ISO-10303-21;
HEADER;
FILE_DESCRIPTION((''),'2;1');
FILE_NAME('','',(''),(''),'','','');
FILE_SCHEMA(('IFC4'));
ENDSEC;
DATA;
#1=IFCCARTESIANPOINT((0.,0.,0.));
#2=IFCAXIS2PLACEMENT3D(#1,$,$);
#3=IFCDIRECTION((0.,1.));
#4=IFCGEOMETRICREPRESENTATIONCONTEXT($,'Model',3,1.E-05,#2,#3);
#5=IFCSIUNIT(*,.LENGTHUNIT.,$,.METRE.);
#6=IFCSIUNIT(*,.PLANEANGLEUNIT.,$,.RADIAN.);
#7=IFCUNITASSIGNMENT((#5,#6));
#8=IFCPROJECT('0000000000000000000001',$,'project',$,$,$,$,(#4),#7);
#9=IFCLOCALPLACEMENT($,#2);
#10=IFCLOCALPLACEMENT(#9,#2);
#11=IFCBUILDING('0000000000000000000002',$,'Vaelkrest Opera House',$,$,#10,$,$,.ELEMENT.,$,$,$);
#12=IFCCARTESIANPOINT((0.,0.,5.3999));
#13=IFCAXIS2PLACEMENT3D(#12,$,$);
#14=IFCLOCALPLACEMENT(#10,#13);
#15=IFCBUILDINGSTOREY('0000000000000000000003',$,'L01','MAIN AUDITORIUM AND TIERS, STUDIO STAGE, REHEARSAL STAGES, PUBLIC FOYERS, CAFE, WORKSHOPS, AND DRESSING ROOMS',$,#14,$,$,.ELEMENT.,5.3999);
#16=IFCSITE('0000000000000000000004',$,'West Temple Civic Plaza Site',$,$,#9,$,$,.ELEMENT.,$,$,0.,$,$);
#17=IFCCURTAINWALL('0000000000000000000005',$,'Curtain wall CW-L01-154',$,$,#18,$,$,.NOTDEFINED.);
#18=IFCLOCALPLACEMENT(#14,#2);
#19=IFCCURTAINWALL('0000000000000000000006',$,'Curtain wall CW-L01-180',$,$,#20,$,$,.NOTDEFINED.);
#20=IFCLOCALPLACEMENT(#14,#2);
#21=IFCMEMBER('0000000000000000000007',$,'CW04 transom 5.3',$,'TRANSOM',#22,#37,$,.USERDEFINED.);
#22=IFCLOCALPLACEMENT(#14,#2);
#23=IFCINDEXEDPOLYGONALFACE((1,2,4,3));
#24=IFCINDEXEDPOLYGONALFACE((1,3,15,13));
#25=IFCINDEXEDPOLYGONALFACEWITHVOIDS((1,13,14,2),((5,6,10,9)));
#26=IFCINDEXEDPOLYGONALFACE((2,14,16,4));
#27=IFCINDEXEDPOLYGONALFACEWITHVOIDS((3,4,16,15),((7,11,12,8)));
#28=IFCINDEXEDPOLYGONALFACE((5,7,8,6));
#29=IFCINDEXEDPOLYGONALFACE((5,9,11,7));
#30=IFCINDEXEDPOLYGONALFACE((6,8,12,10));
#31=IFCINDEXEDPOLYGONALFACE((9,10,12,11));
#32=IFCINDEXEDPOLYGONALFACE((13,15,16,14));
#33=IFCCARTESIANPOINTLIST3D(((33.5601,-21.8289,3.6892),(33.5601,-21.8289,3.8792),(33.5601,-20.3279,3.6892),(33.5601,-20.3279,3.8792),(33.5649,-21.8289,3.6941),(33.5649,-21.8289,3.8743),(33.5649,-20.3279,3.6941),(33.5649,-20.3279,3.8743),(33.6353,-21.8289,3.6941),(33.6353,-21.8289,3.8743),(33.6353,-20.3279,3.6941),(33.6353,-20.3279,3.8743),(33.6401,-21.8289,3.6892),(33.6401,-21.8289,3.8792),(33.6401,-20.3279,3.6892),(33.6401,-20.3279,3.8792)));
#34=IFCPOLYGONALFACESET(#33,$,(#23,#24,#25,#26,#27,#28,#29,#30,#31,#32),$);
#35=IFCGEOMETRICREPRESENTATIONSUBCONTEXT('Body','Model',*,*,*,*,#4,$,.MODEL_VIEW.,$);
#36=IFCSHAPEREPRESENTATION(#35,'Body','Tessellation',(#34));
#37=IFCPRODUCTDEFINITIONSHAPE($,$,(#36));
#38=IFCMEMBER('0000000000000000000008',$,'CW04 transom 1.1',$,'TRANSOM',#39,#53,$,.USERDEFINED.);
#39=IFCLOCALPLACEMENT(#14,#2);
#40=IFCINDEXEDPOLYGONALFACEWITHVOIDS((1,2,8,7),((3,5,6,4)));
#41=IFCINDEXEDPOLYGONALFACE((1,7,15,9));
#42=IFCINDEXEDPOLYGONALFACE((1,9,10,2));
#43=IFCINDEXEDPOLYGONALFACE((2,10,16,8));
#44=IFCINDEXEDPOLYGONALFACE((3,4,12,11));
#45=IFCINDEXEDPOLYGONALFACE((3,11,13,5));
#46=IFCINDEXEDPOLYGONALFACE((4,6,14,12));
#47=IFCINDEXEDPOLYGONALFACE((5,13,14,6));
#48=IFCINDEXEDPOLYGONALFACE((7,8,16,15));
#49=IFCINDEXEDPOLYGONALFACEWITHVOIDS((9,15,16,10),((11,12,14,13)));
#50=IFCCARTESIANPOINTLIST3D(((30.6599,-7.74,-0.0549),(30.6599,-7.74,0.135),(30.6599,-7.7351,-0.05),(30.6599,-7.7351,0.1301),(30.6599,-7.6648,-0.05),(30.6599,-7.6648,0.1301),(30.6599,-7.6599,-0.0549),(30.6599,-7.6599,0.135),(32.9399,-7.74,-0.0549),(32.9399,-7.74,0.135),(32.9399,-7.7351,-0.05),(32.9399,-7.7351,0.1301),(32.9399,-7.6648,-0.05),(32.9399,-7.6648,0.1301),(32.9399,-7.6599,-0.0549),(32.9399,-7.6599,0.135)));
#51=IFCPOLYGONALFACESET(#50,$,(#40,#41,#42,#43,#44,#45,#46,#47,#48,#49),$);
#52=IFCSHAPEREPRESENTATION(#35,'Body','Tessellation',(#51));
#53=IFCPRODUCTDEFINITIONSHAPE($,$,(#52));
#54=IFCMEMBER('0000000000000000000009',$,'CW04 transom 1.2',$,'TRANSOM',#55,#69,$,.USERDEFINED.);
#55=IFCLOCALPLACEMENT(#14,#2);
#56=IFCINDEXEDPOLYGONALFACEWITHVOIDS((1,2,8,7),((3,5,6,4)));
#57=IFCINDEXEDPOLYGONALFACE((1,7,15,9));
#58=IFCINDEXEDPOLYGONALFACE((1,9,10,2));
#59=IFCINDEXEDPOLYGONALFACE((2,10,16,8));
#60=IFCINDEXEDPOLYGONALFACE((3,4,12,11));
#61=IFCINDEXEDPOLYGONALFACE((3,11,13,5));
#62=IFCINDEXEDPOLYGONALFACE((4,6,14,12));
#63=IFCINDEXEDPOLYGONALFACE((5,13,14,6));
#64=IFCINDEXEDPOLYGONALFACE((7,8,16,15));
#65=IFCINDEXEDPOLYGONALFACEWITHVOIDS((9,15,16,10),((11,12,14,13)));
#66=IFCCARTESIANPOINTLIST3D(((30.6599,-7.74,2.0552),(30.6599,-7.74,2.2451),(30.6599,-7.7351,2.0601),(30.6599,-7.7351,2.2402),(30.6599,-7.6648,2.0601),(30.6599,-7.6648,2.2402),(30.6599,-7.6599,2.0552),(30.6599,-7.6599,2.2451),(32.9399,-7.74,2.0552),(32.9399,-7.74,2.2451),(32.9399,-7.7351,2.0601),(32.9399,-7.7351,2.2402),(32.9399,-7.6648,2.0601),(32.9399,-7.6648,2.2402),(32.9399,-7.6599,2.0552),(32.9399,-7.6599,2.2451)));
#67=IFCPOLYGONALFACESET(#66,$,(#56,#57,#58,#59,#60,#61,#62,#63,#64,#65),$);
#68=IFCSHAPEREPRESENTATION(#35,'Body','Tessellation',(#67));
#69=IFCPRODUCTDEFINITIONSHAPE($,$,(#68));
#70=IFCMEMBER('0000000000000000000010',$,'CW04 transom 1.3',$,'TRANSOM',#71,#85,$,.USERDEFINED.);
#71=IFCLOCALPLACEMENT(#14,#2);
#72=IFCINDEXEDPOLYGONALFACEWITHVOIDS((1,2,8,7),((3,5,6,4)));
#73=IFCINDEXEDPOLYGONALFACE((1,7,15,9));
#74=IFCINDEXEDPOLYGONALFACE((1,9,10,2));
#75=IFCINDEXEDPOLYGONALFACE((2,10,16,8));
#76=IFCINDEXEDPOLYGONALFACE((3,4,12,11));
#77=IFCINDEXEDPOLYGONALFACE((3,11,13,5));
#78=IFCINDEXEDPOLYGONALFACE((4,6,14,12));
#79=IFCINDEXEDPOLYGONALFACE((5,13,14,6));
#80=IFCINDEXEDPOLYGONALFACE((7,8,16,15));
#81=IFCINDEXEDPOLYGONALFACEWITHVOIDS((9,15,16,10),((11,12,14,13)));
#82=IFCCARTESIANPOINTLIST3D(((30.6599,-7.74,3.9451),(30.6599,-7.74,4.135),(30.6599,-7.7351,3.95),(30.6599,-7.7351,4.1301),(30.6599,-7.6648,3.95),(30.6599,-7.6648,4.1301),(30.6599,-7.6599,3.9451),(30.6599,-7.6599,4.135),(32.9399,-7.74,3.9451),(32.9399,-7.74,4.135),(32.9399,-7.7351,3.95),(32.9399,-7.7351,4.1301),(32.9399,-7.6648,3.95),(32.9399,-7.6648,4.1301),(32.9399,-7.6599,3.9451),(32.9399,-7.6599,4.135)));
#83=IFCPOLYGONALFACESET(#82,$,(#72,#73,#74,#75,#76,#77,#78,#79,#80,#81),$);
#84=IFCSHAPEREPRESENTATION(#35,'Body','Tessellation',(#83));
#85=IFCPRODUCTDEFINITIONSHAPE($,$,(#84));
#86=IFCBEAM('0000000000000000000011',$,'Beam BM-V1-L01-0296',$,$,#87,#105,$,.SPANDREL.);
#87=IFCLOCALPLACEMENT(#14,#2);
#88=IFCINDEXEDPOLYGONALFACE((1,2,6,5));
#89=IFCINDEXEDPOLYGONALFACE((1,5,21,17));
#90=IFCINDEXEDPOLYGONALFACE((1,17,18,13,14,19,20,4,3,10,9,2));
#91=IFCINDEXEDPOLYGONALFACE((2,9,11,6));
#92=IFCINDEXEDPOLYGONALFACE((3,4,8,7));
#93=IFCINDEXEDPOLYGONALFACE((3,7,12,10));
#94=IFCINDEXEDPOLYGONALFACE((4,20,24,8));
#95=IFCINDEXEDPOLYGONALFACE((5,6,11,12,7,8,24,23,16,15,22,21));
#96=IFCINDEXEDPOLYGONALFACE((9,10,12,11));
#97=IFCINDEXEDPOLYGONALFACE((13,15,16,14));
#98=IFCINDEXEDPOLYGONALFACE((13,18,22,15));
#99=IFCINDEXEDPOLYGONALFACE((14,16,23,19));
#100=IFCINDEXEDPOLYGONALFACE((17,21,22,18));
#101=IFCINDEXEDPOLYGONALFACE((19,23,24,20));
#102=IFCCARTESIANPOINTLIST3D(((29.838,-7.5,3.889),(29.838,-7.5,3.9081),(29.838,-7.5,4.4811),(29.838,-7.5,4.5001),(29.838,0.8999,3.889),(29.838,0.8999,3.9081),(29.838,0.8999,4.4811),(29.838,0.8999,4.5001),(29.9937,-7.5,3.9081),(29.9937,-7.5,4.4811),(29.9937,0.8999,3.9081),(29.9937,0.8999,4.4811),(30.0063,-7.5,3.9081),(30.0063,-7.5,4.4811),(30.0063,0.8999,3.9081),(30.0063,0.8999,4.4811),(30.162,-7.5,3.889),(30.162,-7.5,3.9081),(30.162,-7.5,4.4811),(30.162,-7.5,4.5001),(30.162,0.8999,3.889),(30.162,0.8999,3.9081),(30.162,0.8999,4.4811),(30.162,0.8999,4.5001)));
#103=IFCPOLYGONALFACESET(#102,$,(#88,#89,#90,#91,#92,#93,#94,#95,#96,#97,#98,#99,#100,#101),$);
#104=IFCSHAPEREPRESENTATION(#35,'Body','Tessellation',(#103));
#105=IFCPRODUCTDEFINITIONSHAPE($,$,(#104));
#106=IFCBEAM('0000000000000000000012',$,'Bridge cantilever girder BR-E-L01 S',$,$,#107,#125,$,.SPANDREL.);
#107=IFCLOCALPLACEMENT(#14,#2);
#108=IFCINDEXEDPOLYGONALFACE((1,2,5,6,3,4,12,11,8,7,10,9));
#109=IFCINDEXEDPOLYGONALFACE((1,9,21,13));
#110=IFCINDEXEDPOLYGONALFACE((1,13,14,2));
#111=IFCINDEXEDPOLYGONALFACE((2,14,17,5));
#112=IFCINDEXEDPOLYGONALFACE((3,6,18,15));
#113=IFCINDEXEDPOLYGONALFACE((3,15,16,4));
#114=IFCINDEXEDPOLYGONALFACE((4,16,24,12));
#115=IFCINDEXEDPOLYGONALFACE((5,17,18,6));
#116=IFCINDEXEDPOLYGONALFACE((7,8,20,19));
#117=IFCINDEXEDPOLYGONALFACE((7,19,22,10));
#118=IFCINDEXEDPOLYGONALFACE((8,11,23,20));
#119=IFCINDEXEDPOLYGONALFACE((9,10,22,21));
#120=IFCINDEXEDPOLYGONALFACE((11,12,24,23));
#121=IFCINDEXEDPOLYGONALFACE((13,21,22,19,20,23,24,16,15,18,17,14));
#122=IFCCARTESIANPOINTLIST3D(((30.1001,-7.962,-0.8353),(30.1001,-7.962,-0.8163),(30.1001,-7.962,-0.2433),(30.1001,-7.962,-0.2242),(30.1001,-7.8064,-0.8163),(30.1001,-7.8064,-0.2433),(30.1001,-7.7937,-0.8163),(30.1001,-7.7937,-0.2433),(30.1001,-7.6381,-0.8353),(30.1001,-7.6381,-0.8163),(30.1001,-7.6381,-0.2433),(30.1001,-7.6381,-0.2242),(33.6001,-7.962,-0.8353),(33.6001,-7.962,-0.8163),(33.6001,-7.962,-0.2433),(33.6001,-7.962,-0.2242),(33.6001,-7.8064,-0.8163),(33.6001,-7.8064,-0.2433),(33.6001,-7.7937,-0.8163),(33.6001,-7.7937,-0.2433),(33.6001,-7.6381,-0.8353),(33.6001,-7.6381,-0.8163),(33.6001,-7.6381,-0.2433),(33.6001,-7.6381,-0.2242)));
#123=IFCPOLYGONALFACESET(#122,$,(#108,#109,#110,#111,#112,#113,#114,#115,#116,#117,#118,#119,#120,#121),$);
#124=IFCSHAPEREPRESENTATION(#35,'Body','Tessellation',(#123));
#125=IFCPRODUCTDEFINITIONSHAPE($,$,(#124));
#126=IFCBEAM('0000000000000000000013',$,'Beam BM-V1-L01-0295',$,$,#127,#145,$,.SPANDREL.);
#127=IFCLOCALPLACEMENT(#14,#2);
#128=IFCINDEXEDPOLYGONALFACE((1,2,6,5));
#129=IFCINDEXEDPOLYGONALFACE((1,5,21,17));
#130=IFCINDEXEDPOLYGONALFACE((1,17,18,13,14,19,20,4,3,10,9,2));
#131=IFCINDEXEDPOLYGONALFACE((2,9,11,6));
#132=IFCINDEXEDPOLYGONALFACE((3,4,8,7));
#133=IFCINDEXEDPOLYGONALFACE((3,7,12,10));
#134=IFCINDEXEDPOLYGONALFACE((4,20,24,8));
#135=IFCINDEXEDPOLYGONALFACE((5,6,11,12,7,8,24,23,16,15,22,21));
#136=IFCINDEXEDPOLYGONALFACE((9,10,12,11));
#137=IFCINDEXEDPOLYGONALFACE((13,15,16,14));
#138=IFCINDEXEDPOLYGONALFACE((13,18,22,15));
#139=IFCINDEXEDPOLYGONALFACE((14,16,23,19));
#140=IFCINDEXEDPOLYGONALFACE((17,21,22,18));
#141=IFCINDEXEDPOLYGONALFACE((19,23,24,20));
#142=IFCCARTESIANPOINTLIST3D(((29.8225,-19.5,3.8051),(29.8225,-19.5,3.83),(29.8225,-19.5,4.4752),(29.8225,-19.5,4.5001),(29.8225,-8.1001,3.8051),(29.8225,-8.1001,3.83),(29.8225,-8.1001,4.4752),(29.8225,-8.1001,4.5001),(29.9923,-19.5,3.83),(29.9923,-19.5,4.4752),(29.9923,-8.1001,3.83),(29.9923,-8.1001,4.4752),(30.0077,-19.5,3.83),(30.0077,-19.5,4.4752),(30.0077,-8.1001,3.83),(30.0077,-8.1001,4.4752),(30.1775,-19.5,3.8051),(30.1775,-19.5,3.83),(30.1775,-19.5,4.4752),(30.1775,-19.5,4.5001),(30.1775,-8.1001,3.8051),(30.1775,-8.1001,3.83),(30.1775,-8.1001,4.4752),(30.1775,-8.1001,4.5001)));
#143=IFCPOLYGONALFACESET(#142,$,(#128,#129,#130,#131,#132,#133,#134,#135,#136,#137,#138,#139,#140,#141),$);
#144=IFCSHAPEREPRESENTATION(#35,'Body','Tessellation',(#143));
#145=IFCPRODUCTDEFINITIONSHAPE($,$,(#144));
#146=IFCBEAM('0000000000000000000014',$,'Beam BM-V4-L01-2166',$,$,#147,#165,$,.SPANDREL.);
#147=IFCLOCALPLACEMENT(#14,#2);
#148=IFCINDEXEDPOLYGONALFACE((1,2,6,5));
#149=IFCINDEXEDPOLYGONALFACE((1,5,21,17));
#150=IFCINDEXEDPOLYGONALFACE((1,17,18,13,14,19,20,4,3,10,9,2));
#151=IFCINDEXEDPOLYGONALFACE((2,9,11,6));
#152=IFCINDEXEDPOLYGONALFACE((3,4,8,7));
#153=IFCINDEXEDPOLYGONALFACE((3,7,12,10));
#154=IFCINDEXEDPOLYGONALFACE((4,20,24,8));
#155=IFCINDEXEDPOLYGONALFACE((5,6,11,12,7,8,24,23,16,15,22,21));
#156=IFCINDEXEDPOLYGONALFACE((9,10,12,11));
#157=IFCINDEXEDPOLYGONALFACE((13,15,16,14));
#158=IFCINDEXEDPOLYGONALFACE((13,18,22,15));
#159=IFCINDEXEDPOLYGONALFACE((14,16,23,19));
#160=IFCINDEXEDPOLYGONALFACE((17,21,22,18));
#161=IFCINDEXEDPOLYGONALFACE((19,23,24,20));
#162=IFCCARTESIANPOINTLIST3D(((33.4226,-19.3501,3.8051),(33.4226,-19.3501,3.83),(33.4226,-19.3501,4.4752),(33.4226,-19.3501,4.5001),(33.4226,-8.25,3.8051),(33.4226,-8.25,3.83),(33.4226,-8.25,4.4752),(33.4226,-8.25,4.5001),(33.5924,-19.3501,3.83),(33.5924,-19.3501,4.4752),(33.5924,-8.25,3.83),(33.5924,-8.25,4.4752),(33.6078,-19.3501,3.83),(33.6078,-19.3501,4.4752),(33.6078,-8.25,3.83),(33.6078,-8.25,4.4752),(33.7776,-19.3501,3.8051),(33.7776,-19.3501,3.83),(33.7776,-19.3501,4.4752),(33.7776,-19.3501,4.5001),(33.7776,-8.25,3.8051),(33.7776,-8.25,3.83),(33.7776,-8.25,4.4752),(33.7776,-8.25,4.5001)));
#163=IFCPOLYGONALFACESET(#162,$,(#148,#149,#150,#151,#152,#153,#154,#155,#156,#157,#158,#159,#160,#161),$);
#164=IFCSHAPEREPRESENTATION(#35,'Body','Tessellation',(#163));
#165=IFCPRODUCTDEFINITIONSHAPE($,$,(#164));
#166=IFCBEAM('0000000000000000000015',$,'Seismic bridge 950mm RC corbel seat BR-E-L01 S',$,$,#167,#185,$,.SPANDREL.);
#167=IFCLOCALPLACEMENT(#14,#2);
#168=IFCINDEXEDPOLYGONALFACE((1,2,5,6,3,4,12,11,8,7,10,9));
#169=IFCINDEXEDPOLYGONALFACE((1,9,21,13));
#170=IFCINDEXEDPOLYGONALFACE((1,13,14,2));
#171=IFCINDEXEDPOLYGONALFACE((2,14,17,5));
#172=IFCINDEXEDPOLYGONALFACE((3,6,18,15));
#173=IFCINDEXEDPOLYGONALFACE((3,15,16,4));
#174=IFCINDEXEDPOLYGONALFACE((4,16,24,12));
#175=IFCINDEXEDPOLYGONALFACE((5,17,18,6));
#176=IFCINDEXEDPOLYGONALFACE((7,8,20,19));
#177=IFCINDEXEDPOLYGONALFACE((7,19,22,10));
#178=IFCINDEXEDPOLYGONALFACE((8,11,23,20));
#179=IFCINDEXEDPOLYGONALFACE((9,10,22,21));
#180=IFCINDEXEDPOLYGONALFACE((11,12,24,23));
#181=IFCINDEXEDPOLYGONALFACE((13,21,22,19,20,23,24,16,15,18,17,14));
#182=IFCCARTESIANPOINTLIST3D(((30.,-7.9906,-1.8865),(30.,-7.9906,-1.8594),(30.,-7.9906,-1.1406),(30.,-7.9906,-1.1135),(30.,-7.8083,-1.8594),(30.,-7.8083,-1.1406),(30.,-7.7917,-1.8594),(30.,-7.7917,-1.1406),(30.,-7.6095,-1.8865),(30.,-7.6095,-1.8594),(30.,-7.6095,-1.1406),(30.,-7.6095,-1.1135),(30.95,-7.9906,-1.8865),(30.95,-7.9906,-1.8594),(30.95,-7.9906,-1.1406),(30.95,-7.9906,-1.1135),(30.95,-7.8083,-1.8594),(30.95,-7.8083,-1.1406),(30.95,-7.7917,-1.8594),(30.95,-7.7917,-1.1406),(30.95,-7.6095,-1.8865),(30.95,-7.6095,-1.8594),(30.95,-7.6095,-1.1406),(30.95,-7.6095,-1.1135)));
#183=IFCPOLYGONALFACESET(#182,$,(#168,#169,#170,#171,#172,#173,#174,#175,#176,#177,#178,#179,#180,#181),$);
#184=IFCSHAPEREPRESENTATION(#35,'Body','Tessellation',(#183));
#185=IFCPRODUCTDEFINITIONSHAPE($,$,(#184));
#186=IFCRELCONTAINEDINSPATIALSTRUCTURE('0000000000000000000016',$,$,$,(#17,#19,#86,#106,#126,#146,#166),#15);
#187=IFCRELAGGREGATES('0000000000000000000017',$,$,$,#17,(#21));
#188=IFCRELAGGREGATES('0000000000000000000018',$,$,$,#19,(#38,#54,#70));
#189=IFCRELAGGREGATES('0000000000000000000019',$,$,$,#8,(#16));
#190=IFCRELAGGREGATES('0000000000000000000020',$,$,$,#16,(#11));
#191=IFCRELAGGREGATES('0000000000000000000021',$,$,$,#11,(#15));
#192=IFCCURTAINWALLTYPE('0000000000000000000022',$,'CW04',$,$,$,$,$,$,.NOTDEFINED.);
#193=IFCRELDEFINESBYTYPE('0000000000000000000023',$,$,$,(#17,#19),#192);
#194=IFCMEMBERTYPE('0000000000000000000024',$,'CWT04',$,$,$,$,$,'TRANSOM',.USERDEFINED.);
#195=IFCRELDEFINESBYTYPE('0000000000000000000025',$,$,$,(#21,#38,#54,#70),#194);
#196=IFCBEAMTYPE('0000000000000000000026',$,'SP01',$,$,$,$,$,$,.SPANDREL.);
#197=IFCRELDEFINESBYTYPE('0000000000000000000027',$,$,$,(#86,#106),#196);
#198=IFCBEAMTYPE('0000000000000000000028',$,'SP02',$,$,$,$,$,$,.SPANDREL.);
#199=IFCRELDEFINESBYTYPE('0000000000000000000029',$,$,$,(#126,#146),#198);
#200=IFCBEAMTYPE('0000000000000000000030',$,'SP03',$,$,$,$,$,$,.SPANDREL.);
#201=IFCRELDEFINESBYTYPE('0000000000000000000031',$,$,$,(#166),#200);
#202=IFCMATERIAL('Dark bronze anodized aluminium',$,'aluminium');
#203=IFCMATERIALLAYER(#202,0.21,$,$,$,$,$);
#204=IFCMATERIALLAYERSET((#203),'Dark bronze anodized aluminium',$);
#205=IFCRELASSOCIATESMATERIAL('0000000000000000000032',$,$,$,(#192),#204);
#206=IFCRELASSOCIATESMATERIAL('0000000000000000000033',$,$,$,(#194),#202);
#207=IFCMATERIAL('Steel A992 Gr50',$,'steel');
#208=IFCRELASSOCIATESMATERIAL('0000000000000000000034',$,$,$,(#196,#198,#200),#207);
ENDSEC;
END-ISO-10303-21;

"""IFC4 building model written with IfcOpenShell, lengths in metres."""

from ifc_helpers import new_model, si_unit, direction, frame, origin, origin_2d, place, context, subcontext, project, spatial, hollow_rectangle, i_section, extrude, material, layer, layer_set, material_profile, profile_set, type_object, element, aggregate, save


model = new_model("IFC4")

# Units and contexts
model_context = context("Model", 3, precision=1e-05, world=origin(), true_north=direction((0.0, 1.0)))
body_context = subcontext(model_context, "Body", "Model", "MODEL_VIEW")
ifc_project = project(units=[si_unit("LENGTHUNIT", "METRE"), si_unit("PLANEANGLEUNIT", "RADIAN")], contexts=[model_context])

# Site, building, storey
site_placement = place(None, origin())
site = spatial("IfcSite", under=ifc_project, at=site_placement, Name="West Temple Civic Plaza Site", CompositionType="ELEMENT", RefElevation=0.0)
building_placement = place(site_placement, origin())
building = spatial("IfcBuilding", under=site, at=building_placement, Name="Vaelkrest Opera House", CompositionType="ELEMENT")
storey_placement = place(building_placement, frame((0.0, 0.0, 5.3999)))
storey = spatial("IfcBuildingStorey", under=building, at=storey_placement, Name="L01", Description="MAIN AUDITORIUM AND TIERS, STUDIO STAGE, REHEARSAL STAGES, PUBLIC FOYERS, CAFE, WORKSHOPS, AND DRESSING ROOMS", CompositionType="ELEMENT", Elevation=5.3999)

# Shared definitions
ifc_material_1 = material(Name="Dark bronze anodized aluminium", Category="aluminium")

# Curtain walls
ifc_layer_1 = layer(ifc_material_1, 0.21)
ifc_layer_set_1 = layer_set([ifc_layer_1], Name="Dark bronze anodized aluminium")
curtain_wall_type_1 = type_object("IfcCurtainWallType", Name="CW04", PredefinedType="NOTDEFINED", material=ifc_layer_set_1)
curtain_wall_1_placement = place(storey_placement, origin())
curtain_wall_1 = element("IfcCurtainWall", 1, at=curtain_wall_1_placement, inside=storey, type_object=curtain_wall_type_1, Name="Curtain wall CW-L01-154", PredefinedType="NOTDEFINED")
curtain_wall_2_placement = place(storey_placement, origin())
curtain_wall_2 = element("IfcCurtainWall", 2, at=curtain_wall_2_placement, inside=storey, type_object=curtain_wall_type_1, Name="Curtain wall CW-L01-180", PredefinedType="NOTDEFINED")

# Members
ifc_material_profile_1 = material_profile(ifc_material_1, hollow_rectangle(XDim=0.0801, YDim=0.1899, WallThickness=0.0049, at=origin_2d()), Name="CWT80X190")
ifc_profile_set_1 = profile_set([ifc_material_profile_1], Name="Dark bronze anodized aluminium")
member_type_1 = type_object("IfcMemberType", Name="CWT04", ElementType="TRANSOM", PredefinedType="USERDEFINED", material=ifc_profile_set_1)
member_1_placement = place(storey_placement, frame((33.6001, -21.8289, 3.7842), z_axis=(0.0, 1.0, 0.0), x_axis=(-1.0, 0.0, 0.0)))
member_1 = element("IfcMember", 3, at=member_1_placement, type_object=member_type_1, Name="CW04 transom 5.3", ObjectType="TRANSOM", PredefinedType="USERDEFINED", context=body_context, shape_type="SweptSolid", body=[
    extrude(hollow_rectangle(XDim=0.0801, YDim=0.1899, WallThickness=0.0049, at=origin_2d()), origin(), (0.0, 0.0, 1.0), 1.501),
])
member_2_placement = place(storey_placement, frame((32.9399, -7.7, 0.04), z_axis=(-1.0, 0.0, 0.0), x_axis=(0.0, -1.0, 0.0)))
member_2 = element("IfcMember", 4, at=member_2_placement, type_object=member_type_1, Name="CW04 transom 1.1", ObjectType="TRANSOM", PredefinedType="USERDEFINED", context=body_context, shape_type="SweptSolid", body=[
    extrude(hollow_rectangle(XDim=0.0801, YDim=0.1899, WallThickness=0.0049, at=origin_2d()), origin(), (0.0, 0.0, 1.0), 2.28),
])
member_3_placement = place(storey_placement, frame((32.9399, -7.7, 2.1501), z_axis=(-1.0, 0.0, 0.0), x_axis=(0.0, -1.0, 0.0)))
member_3 = element("IfcMember", 5, at=member_3_placement, type_object=member_type_1, Name="CW04 transom 1.2", ObjectType="TRANSOM", PredefinedType="USERDEFINED", context=body_context, shape_type="SweptSolid", body=[
    extrude(hollow_rectangle(XDim=0.0801, YDim=0.1899, WallThickness=0.0049, at=origin_2d()), origin(), (0.0, 0.0, 1.0), 2.28),
])
member_4_placement = place(storey_placement, frame((32.9399, -7.7, 4.04), z_axis=(-1.0, 0.0, 0.0), x_axis=(0.0, -1.0, 0.0)))
member_4 = element("IfcMember", 6, at=member_4_placement, type_object=member_type_1, Name="CW04 transom 1.3", ObjectType="TRANSOM", PredefinedType="USERDEFINED", context=body_context, shape_type="SweptSolid", body=[
    extrude(hollow_rectangle(XDim=0.0801, YDim=0.1899, WallThickness=0.0049, at=origin_2d()), origin(), (0.0, 0.0, 1.0), 2.28),
])

# Beams
ifc_material_2 = material(Name="Steel A992 Gr50", Category="steel")
ifc_material_profile_2 = material_profile(ifc_material_2, i_section(OverallWidth=0.324, OverallDepth=0.6111, WebThickness=0.0127, FlangeThickness=0.019, at=origin_2d()), Name="W24X104")
ifc_profile_set_2 = profile_set([ifc_material_profile_2], Name="Steel A992 Gr50")
beam_type_1 = type_object("IfcBeamType", Name="SP01", PredefinedType="SPANDREL", material=ifc_profile_set_2)
beam_1_placement = place(storey_placement, frame((30.0, -7.5, 4.1946), z_axis=(0.0, 1.0, 0.0), x_axis=(-1.0, 0.0, 0.0)))
element("IfcBeam", 7, at=beam_1_placement, inside=storey, type_object=beam_type_1, Name="Beam BM-V1-L01-0296", PredefinedType="SPANDREL", context=body_context, shape_type="SweptSolid", body=[
    extrude(i_section(OverallWidth=0.324, OverallDepth=0.6111, WebThickness=0.0127, FlangeThickness=0.019, at=origin_2d()), origin(), (0.0, 0.0, 1.0), 8.3999),
])
beam_2_placement = place(storey_placement, frame((30.1001, -7.8, -0.5298), z_axis=(1.0, 0.0, 0.0), x_axis=(0.0, 1.0, 0.0)))
element("IfcBeam", 8, at=beam_2_placement, inside=storey, type_object=beam_type_1, Name="Bridge cantilever girder BR-E-L01 S", PredefinedType="SPANDREL", context=body_context, shape_type="SweptSolid", body=[
    extrude(i_section(OverallWidth=0.324, OverallDepth=0.6111, WebThickness=0.0127, FlangeThickness=0.019, at=origin_2d()), origin(), (0.0, 0.0, 1.0), 3.5),
])
ifc_material_profile_3 = material_profile(ifc_material_2, i_section(OverallWidth=0.355, OverallDepth=0.6951, WebThickness=0.0154, FlangeThickness=0.0249, at=origin_2d()), Name="W27X146")
ifc_profile_set_3 = profile_set([ifc_material_profile_3], Name="Steel A992 Gr50")
beam_type_2 = type_object("IfcBeamType", Name="SP02", PredefinedType="SPANDREL", material=ifc_profile_set_3)
beam_3_placement = place(storey_placement, frame((30.0, -19.5, 4.1526), z_axis=(0.0, 1.0, 0.0), x_axis=(-1.0, 0.0, 0.0)))
element("IfcBeam", 9, at=beam_3_placement, inside=storey, type_object=beam_type_2, Name="Beam BM-V1-L01-0295", PredefinedType="SPANDREL", context=body_context, shape_type="SweptSolid", body=[
    extrude(i_section(OverallWidth=0.355, OverallDepth=0.6951, WebThickness=0.0154, FlangeThickness=0.0249, at=origin_2d()), origin(), (0.0, 0.0, 1.0), 11.3999),
])
beam_4_placement = place(storey_placement, frame((33.6001, -19.3501, 4.1526), z_axis=(0.0, 1.0, 0.0), x_axis=(-1.0, 0.0, 0.0)))
element("IfcBeam", 10, at=beam_4_placement, inside=storey, type_object=beam_type_2, Name="Beam BM-V4-L01-2166", PredefinedType="SPANDREL", context=body_context, shape_type="SweptSolid", body=[
    extrude(i_section(OverallWidth=0.355, OverallDepth=0.6951, WebThickness=0.0154, FlangeThickness=0.0249, at=origin_2d()), origin(), (0.0, 0.0, 1.0), 11.1001),
])
ifc_material_profile_4 = material_profile(ifc_material_2, i_section(OverallWidth=0.3811, OverallDepth=0.7729, WebThickness=0.0166, FlangeThickness=0.0271, at=origin_2d()), Name="W30X173")
ifc_profile_set_4 = profile_set([ifc_material_profile_4], Name="Steel A992 Gr50")
beam_type_3 = type_object("IfcBeamType", Name="SP03", PredefinedType="SPANDREL", material=ifc_profile_set_4)
beam_5_placement = place(storey_placement, frame((30.0, -7.8, -1.5), z_axis=(1.0, 0.0, 0.0), x_axis=(0.0, 1.0, 0.0)))
element("IfcBeam", 11, at=beam_5_placement, inside=storey, type_object=beam_type_3, Name="Seismic bridge 950mm RC corbel seat BR-E-L01 S", PredefinedType="SPANDREL", context=body_context, shape_type="SweptSolid", body=[
    extrude(i_section(OverallWidth=0.3811, OverallDepth=0.7729, WebThickness=0.0166, FlangeThickness=0.0271, at=origin_2d()), origin(), (0.0, 0.0, 1.0), 0.95),
])

aggregate(curtain_wall_1, [member_1])
aggregate(curtain_wall_2, [member_2, member_3, member_4])

save(model, "model.ifc")
